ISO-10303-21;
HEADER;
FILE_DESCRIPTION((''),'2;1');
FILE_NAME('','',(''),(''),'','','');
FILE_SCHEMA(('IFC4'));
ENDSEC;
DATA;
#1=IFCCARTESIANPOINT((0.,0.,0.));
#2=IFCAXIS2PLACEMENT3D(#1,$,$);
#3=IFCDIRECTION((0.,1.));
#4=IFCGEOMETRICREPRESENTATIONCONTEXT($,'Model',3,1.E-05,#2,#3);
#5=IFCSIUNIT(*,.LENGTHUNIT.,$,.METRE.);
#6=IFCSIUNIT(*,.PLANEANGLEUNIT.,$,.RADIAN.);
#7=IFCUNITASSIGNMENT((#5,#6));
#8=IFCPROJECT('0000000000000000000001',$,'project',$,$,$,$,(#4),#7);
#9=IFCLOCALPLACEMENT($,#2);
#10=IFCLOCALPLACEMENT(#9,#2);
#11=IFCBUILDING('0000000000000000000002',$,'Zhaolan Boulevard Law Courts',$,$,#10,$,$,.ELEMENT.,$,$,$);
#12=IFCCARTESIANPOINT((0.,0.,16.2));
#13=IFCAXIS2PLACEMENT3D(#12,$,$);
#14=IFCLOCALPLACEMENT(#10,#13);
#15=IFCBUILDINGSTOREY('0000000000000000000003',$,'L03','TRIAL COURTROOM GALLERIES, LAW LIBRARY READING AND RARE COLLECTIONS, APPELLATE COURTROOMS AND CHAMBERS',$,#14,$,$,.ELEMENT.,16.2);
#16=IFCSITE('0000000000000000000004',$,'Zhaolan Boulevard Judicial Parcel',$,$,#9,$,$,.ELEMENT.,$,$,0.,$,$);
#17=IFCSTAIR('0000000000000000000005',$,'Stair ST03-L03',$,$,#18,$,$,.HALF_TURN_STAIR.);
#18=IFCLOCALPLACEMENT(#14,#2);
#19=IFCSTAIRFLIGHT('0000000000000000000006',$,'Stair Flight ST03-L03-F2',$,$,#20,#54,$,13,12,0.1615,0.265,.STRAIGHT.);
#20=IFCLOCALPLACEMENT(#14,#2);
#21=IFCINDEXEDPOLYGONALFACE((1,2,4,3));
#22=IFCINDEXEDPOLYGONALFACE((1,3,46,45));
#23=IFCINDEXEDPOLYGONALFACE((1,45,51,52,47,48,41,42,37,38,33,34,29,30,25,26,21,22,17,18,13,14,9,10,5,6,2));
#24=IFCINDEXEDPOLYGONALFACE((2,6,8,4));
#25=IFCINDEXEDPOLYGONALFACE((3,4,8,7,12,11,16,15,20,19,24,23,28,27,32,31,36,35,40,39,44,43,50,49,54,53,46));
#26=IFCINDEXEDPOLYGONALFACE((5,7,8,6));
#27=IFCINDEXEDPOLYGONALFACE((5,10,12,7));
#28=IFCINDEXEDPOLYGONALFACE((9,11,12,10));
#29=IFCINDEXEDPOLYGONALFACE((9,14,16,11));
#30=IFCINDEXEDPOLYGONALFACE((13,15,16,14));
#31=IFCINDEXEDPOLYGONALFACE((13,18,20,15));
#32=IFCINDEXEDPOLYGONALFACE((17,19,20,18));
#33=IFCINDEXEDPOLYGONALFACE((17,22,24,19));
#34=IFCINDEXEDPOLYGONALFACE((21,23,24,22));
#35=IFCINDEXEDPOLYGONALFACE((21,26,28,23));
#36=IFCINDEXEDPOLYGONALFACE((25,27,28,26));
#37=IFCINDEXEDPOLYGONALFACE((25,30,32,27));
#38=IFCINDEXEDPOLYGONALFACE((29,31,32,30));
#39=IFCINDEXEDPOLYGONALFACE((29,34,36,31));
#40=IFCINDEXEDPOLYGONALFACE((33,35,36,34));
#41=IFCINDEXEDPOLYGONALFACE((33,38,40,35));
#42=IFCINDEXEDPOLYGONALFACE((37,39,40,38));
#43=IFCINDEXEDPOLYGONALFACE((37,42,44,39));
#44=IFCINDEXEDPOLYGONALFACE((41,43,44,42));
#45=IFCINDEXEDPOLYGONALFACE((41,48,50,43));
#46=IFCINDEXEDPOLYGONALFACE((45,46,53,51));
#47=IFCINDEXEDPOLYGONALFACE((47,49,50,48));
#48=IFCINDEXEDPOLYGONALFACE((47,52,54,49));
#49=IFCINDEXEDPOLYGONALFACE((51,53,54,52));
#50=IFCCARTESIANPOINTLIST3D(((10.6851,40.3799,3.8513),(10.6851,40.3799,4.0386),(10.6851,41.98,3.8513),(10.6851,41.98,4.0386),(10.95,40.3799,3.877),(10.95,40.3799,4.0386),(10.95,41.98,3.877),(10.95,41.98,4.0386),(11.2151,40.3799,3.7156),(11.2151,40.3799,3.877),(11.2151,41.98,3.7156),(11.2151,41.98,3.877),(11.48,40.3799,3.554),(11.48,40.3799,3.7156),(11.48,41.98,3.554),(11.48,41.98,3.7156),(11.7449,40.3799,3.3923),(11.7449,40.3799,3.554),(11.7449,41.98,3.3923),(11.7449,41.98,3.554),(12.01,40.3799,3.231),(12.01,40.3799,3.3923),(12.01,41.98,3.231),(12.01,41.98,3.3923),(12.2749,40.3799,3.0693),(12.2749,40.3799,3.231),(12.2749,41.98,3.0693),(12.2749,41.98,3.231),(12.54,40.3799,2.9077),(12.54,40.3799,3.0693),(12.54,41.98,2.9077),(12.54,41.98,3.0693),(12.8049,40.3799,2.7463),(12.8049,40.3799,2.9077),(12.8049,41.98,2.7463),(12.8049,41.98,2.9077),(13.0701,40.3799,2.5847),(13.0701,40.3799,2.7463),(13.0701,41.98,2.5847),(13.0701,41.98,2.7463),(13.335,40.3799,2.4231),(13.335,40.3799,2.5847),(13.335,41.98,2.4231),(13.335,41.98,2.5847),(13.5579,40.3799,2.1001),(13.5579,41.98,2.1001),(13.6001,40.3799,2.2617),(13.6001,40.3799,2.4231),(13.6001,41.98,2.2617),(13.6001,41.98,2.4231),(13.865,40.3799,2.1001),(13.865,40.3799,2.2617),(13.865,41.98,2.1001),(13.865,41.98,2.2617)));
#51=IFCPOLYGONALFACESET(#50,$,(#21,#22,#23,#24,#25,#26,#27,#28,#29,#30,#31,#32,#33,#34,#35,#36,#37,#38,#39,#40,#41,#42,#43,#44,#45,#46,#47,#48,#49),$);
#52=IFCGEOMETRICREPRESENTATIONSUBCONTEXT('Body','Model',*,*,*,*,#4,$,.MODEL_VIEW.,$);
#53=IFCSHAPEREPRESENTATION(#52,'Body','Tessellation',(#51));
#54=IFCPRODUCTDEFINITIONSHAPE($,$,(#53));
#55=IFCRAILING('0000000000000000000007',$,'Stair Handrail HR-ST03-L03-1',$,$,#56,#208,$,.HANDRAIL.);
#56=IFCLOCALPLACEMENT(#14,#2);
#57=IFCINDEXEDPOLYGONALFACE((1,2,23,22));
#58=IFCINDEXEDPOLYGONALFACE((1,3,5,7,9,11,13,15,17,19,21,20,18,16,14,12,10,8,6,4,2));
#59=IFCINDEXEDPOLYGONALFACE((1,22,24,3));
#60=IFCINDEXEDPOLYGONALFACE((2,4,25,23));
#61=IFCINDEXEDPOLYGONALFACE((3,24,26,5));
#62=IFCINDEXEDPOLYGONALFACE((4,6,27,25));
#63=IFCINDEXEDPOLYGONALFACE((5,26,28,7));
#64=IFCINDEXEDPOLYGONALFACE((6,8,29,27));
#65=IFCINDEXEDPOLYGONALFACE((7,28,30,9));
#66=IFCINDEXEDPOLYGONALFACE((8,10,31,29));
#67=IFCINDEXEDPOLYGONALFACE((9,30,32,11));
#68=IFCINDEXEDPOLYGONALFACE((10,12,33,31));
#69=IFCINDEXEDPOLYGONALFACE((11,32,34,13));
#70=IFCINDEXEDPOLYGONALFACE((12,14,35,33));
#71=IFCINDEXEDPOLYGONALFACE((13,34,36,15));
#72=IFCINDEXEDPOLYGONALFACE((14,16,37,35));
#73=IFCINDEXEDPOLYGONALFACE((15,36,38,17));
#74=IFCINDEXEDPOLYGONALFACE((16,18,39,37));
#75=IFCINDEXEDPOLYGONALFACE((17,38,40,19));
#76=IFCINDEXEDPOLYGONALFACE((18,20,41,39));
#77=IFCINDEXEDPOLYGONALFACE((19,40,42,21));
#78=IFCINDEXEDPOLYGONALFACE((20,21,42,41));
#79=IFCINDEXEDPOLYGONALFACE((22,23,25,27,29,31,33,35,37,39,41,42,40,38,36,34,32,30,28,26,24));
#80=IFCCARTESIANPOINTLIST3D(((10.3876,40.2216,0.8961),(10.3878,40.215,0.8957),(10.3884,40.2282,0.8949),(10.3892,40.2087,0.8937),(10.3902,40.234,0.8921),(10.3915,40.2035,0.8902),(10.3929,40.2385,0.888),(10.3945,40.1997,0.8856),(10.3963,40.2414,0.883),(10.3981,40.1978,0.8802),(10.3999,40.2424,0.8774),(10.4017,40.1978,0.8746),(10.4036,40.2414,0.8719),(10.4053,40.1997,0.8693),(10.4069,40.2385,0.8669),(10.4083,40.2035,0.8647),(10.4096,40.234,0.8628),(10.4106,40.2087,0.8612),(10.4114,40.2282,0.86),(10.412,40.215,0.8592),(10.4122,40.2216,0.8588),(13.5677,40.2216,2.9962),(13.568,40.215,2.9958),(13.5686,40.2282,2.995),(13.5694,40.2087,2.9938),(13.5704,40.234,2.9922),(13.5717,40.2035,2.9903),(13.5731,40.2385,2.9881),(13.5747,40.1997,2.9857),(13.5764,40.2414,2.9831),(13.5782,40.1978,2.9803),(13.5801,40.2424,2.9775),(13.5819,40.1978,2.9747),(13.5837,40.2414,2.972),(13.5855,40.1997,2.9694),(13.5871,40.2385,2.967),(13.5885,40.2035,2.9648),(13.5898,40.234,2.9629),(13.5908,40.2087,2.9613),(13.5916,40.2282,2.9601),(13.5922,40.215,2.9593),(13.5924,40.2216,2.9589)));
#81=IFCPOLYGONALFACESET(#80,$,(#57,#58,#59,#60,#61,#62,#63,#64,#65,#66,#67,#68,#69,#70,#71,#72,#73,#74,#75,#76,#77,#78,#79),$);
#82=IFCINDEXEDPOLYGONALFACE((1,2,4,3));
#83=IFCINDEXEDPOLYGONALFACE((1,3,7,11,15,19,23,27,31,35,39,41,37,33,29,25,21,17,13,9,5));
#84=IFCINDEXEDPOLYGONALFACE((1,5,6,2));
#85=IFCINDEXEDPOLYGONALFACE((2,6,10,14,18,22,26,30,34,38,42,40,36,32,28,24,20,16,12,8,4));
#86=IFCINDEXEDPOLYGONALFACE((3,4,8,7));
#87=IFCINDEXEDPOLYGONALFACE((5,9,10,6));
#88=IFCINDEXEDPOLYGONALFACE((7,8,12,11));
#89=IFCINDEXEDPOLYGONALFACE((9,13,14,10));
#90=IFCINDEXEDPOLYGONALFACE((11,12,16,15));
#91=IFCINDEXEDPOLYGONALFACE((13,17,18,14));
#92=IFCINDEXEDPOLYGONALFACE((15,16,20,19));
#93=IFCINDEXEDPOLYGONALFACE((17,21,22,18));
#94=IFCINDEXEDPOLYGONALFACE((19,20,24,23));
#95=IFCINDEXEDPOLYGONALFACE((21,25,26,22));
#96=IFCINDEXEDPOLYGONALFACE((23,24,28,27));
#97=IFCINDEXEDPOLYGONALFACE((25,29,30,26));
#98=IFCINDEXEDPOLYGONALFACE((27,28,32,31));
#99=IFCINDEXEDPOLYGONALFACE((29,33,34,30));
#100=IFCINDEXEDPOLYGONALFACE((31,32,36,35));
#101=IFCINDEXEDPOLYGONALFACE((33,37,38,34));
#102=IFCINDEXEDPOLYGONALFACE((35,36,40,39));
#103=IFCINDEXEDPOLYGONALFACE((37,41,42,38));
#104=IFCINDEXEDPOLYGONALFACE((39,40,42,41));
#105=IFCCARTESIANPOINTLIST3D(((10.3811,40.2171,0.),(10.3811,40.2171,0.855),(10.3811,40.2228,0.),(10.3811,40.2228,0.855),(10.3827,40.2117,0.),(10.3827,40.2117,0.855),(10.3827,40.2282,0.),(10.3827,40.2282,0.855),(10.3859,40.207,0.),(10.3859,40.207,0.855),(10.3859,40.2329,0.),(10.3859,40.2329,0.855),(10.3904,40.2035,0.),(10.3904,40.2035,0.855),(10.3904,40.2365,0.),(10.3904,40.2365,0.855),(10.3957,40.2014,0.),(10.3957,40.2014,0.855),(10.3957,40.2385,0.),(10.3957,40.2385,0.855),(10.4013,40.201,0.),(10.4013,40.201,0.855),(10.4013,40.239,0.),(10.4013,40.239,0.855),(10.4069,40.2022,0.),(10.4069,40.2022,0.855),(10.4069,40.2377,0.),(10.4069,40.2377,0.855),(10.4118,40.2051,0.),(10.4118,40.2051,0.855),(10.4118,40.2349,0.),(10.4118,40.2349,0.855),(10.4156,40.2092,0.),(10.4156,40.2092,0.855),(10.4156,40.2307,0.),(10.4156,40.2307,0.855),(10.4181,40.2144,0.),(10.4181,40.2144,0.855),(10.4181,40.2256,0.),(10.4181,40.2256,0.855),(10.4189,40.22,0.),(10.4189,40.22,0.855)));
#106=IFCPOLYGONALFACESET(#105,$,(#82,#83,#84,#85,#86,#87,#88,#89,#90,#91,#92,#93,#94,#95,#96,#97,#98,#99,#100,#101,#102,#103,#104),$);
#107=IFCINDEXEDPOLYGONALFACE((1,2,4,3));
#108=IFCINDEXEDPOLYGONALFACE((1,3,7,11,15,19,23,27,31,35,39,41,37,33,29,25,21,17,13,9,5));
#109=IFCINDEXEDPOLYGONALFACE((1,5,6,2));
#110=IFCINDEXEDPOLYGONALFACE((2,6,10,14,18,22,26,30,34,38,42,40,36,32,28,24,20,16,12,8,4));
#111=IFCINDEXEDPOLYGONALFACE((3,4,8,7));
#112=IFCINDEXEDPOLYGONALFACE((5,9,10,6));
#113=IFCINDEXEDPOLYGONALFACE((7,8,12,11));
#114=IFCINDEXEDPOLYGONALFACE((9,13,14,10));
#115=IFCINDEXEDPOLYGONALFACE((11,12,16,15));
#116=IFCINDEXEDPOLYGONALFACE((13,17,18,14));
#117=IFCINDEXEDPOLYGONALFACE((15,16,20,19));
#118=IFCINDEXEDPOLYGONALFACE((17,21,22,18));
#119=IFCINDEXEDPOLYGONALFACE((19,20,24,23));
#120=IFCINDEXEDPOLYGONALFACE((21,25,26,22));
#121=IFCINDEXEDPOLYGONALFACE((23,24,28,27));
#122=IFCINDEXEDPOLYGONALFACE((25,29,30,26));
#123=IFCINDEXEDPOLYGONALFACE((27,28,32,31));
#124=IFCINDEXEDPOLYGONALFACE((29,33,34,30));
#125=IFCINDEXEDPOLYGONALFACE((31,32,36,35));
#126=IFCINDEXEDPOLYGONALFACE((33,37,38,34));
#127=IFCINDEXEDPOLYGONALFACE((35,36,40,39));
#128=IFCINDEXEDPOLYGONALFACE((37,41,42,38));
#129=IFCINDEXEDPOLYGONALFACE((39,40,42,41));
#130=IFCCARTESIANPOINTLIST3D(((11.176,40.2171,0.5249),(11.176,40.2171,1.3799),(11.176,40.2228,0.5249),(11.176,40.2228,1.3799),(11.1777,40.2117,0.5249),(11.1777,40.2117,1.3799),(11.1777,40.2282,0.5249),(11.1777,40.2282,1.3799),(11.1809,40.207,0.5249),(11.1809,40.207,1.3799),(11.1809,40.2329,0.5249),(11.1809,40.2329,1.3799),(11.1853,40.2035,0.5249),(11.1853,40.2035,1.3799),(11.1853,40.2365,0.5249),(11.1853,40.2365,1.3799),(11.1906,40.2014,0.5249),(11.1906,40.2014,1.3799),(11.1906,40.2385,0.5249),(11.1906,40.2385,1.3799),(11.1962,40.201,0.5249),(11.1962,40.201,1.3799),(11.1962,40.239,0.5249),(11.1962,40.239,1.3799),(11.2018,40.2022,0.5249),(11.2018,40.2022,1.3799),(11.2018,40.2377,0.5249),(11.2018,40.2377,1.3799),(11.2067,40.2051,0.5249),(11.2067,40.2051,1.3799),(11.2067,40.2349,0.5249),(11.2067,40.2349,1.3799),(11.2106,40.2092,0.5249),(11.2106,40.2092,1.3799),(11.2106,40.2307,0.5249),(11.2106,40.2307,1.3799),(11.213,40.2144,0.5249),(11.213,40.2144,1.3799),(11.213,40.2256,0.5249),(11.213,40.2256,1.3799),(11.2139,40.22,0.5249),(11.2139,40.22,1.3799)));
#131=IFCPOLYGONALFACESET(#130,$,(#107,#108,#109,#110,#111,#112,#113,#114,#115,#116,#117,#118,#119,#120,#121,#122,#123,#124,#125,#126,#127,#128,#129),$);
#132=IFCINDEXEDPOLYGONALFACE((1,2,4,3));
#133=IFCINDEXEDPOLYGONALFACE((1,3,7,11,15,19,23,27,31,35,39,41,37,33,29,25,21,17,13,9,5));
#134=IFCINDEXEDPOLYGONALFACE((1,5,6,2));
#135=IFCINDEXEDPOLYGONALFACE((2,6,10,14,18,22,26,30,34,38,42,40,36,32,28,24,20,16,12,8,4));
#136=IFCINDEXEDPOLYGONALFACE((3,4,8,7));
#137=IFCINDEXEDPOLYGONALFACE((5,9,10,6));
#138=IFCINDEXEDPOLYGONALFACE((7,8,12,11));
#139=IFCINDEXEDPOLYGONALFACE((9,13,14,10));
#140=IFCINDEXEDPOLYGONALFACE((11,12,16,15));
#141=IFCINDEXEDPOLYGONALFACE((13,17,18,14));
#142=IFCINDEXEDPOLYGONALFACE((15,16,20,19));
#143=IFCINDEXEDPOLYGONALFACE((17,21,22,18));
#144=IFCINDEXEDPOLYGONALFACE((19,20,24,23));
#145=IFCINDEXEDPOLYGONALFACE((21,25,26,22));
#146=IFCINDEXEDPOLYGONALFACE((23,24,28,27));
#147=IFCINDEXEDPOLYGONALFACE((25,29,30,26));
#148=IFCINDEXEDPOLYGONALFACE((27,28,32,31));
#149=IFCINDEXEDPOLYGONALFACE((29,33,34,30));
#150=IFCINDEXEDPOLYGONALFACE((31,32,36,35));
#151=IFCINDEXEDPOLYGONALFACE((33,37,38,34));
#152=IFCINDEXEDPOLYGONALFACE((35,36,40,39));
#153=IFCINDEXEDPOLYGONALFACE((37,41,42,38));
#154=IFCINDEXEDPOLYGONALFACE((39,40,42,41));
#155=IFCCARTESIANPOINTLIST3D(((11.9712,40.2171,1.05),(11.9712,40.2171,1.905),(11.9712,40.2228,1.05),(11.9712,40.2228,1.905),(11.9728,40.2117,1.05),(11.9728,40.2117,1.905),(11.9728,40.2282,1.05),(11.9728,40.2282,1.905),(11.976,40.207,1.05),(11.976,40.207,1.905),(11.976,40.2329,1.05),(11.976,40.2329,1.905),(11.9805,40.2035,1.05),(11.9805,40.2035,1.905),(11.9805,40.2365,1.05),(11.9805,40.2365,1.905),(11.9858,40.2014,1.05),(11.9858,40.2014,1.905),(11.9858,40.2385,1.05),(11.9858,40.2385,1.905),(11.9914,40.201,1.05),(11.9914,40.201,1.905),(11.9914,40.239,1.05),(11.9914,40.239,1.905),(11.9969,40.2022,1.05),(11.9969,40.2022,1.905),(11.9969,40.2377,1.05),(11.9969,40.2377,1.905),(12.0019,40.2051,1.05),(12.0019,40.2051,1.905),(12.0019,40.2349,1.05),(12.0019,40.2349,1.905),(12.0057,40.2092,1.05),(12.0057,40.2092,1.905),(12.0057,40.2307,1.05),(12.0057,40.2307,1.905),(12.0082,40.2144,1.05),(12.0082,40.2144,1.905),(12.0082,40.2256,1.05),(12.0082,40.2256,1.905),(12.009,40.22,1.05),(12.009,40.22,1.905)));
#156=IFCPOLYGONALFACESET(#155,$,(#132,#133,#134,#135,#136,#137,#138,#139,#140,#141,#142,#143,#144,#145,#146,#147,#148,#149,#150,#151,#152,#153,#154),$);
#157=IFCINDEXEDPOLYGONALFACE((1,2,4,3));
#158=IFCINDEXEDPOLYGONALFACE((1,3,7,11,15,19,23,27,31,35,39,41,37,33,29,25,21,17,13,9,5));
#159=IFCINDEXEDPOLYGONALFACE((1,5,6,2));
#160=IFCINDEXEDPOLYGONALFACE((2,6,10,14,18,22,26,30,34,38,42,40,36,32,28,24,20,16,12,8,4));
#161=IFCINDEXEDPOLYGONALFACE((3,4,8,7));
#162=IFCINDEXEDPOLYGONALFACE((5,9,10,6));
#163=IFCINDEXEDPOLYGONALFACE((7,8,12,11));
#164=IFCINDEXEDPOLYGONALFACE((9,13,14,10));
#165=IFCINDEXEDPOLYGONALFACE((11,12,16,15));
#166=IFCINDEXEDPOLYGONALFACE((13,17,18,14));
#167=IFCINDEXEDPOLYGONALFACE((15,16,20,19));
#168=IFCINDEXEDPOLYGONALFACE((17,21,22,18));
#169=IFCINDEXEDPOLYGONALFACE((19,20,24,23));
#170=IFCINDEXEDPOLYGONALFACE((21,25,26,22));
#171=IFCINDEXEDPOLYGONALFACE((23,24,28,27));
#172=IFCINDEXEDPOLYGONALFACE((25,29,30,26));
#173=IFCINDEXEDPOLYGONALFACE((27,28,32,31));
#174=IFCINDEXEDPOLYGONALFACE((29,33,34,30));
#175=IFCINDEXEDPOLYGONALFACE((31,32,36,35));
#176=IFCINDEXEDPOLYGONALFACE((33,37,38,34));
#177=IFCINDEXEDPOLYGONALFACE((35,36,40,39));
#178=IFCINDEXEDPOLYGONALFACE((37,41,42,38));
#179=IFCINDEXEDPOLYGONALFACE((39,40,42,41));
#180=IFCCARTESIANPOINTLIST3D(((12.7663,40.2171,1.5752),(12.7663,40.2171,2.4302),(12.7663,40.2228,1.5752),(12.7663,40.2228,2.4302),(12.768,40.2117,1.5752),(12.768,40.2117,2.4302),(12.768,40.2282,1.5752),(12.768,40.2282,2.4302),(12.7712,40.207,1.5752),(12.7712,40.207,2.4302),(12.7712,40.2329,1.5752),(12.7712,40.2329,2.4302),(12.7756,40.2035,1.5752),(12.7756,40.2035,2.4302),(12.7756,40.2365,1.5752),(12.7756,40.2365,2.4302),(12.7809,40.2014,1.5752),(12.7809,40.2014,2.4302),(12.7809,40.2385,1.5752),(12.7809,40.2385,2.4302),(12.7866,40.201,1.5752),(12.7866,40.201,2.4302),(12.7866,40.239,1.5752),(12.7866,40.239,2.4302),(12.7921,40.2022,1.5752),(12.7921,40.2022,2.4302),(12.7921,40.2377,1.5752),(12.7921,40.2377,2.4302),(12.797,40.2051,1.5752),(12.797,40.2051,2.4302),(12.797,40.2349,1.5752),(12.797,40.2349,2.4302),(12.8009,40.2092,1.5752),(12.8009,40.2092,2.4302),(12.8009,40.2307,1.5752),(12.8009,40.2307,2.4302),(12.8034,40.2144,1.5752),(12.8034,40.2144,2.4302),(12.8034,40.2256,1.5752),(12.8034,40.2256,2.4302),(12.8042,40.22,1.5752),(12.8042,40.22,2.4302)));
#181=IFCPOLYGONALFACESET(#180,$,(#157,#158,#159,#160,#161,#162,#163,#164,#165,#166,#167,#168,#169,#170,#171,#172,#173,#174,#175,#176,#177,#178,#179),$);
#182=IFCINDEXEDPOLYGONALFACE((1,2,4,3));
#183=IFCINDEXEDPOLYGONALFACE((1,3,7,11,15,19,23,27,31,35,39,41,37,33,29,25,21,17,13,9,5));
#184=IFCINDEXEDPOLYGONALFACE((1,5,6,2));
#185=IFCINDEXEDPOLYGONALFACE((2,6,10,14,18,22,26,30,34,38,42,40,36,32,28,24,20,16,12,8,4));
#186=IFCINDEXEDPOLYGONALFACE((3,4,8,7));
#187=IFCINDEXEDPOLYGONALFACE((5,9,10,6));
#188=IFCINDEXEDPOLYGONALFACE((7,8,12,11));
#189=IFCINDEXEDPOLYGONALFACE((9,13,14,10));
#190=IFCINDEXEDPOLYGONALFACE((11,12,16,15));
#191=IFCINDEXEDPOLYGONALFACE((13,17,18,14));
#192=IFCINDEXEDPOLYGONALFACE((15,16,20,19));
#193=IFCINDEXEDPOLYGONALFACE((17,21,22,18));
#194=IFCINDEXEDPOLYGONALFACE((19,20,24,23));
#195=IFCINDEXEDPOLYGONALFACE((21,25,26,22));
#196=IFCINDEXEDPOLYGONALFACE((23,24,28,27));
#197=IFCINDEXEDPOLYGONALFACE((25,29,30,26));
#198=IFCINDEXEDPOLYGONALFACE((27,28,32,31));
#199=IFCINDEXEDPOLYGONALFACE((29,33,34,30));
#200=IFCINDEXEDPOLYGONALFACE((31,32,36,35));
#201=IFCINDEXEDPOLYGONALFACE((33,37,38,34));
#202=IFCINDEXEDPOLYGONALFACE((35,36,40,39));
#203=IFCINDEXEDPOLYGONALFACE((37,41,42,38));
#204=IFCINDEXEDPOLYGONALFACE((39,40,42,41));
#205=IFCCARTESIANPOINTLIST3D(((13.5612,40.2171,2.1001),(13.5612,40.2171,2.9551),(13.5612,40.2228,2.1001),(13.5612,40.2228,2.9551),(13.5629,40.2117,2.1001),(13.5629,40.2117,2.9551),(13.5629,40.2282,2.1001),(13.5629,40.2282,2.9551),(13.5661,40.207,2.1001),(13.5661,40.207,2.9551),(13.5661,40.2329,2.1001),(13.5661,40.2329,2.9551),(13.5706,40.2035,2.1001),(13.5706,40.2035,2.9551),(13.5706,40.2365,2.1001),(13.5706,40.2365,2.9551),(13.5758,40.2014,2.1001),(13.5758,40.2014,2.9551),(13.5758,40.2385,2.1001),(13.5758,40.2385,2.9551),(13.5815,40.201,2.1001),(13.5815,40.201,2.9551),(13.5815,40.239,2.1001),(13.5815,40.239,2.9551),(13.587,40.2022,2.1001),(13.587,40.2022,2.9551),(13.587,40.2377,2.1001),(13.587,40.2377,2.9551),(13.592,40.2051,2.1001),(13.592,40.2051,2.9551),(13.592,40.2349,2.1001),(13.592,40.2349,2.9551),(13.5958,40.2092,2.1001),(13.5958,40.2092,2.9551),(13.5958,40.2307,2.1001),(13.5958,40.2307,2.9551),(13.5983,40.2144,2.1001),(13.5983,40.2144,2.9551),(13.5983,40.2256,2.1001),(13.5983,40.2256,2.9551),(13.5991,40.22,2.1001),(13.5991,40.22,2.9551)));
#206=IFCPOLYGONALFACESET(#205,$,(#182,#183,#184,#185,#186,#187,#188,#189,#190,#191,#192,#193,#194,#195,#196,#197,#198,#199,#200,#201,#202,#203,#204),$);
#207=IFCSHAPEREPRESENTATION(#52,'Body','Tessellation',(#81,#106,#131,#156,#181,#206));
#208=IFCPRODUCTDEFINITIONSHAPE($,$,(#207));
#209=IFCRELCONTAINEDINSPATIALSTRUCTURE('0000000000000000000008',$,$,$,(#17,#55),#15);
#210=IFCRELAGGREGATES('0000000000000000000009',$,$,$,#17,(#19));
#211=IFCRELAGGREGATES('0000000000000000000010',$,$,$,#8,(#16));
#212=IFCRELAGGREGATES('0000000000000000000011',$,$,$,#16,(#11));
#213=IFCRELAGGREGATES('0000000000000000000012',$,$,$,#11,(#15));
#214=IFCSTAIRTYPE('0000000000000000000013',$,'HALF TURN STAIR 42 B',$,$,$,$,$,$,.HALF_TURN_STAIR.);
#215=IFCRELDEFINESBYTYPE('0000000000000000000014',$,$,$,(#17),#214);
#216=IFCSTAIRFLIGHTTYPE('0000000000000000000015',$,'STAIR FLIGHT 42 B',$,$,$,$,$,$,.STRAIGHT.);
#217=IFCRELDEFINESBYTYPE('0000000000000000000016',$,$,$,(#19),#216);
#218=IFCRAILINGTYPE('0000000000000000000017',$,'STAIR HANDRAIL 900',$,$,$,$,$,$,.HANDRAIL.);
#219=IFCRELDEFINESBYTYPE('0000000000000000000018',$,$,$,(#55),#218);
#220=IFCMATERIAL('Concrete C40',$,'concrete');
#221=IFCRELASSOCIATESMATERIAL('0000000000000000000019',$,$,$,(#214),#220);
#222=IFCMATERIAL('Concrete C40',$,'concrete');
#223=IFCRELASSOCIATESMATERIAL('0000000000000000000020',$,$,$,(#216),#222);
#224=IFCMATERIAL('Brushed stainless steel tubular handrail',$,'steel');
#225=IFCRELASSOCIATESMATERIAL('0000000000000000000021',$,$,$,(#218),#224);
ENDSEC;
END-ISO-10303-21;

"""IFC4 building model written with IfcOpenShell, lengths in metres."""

from ifc_helpers import new_model, si_unit, direction, frame, origin, origin_2d, place, context, subcontext, project, spatial, polyline, circle, outline, extrude, material, type_object, element, aggregate, save


model = new_model("IFC4")

# Units and contexts
model_context = context("Model", 3, precision=1e-05, world=origin(), true_north=direction((0.0, 1.0)))
body_context = subcontext(model_context, "Body", "Model", "MODEL_VIEW")
ifc_project = project(units=[si_unit("LENGTHUNIT", "METRE"), si_unit("PLANEANGLEUNIT", "RADIAN")], contexts=[model_context])

# Site, building, storey
site_placement = place(None, origin())
site = spatial("IfcSite", under=ifc_project, at=site_placement, Name="Zhaolan Boulevard Judicial Parcel", CompositionType="ELEMENT", RefElevation=0.0)
building_placement = place(site_placement, origin())
building = spatial("IfcBuilding", under=site, at=building_placement, Name="Zhaolan Boulevard Law Courts", CompositionType="ELEMENT")
storey_placement = place(building_placement, frame((0.0, 0.0, 16.2)))
storey = spatial("IfcBuildingStorey", under=building, at=storey_placement, Name="L03", Description="TRIAL COURTROOM GALLERIES, LAW LIBRARY READING AND RARE COLLECTIONS, APPELLATE COURTROOMS AND CHAMBERS", CompositionType="ELEMENT", Elevation=16.2)

# Stair, stair flight
ifc_material_1 = material(Name="Concrete C40", Category="concrete")
stair_type = type_object("IfcStairType", Name="HALF TURN STAIR 42 B", PredefinedType="HALF_TURN_STAIR", material=ifc_material_1)
stair_placement = place(storey_placement, origin())
stair = element("IfcStair", 1, at=stair_placement, inside=storey, type_object=stair_type, Name="Stair ST03-L03", PredefinedType="HALF_TURN_STAIR")
ifc_material_2 = material(Name="Concrete C40", Category="concrete")
stair_flight_type = type_object("IfcStairFlightType", Name="STAIR FLIGHT 42 B", PredefinedType="STRAIGHT", material=ifc_material_2)
stair_flight_1_placement = place(storey_placement, frame((13.865, 41.1799, 2.1001), z_axis=(0.0, 0.0, 1.0), x_axis=(-1.0, 0.0, 0.0)))
stair_flight_1 = element("IfcStairFlight", 2, at=stair_flight_1_placement, type_object=stair_flight_type, Name="Stair Flight ST03-L03-F2", NumberOfRisers=13, NumberOfTreads=12, PredefinedType="STRAIGHT", RiserHeight=0.1615, TreadLength=0.265, context=body_context, shape_type="SweptSolid", body=[
    extrude(outline(polyline([(0.0, 0.0), (0.0, 0.1616), (0.2649, 0.1616), (0.2649, 0.323), (0.53, 0.323), (0.53, 0.4846), (0.7949, 0.4846), (0.7949, 0.6462), (1.0601, 0.6462), (1.0601, 0.8076), (1.325, 0.8076), (1.325, 0.9692), (1.5901, 0.9692), (1.5901, 1.1309), (1.855, 1.1309), (1.855, 1.2922), (2.1201, 1.2922), (2.1201, 1.4539), (2.385, 1.4539), (2.385, 1.6155), (2.6499, 1.6155), (2.6499, 1.7769), (2.915, 1.7769), (2.915, 1.9385), (3.1799, 1.9385), (3.1799, 2.1001), (3.1799, 1.7512), (0.3071, 0.0), (0.0, 0.0)])), frame((0.0, 0.8, 0.0), z_axis=(0.0, -1.0, 0.0), x_axis=(1.0, 0.0, 0.0)), (0.0, 0.0, 1.0), 1.6001),
])
aggregate(stair, [stair_flight_1])

# Railing
ifc_material_3 = material(Name="Brushed stainless steel tubular handrail", Category="steel")
railing_type_1 = type_object("IfcRailingType", Name="STAIR HANDRAIL 900", PredefinedType="HANDRAIL", material=ifc_material_3)
railing_1_placement = place(storey_placement, frame((10.3999, 40.22, 0.0)))
element("IfcRailing", 3, at=railing_1_placement, inside=storey, type_object=railing_type_1, Name="Stair Handrail HR-ST03-L03-1", PredefinedType="HANDRAIL", context=body_context, shape_type="SweptSolid", body=[
    extrude(circle(Radius=0.0225, at=origin_2d()), frame((0.0, 0.0, 0.8774), z_axis=(0.834467, 0.0, 0.551058), x_axis=(0.0, 1.0, 0.0)), (0.0, 0.0, 1.0), 3.811),
    extrude(circle(Radius=0.019, at=origin_2d()), origin(), (0.0, 0.0, 1.0), 0.855),
    extrude(circle(Radius=0.019, at=origin_2d()), frame((0.7949, 0.0, 0.5249)), (0.0, 0.0, 1.0), 0.855),
    extrude(circle(Radius=0.019, at=origin_2d()), frame((1.5901, 0.0, 1.05)), (0.0, 0.0, 1.0), 0.855),
    extrude(circle(Radius=0.019, at=origin_2d()), frame((2.3853, 0.0, 1.5752)), (0.0, 0.0, 1.0), 0.855),
    extrude(circle(Radius=0.019, at=origin_2d()), frame((3.1802, 0.0, 2.1001)), (0.0, 0.0, 1.0), 0.855),
])

save(model, "model.ifc")
